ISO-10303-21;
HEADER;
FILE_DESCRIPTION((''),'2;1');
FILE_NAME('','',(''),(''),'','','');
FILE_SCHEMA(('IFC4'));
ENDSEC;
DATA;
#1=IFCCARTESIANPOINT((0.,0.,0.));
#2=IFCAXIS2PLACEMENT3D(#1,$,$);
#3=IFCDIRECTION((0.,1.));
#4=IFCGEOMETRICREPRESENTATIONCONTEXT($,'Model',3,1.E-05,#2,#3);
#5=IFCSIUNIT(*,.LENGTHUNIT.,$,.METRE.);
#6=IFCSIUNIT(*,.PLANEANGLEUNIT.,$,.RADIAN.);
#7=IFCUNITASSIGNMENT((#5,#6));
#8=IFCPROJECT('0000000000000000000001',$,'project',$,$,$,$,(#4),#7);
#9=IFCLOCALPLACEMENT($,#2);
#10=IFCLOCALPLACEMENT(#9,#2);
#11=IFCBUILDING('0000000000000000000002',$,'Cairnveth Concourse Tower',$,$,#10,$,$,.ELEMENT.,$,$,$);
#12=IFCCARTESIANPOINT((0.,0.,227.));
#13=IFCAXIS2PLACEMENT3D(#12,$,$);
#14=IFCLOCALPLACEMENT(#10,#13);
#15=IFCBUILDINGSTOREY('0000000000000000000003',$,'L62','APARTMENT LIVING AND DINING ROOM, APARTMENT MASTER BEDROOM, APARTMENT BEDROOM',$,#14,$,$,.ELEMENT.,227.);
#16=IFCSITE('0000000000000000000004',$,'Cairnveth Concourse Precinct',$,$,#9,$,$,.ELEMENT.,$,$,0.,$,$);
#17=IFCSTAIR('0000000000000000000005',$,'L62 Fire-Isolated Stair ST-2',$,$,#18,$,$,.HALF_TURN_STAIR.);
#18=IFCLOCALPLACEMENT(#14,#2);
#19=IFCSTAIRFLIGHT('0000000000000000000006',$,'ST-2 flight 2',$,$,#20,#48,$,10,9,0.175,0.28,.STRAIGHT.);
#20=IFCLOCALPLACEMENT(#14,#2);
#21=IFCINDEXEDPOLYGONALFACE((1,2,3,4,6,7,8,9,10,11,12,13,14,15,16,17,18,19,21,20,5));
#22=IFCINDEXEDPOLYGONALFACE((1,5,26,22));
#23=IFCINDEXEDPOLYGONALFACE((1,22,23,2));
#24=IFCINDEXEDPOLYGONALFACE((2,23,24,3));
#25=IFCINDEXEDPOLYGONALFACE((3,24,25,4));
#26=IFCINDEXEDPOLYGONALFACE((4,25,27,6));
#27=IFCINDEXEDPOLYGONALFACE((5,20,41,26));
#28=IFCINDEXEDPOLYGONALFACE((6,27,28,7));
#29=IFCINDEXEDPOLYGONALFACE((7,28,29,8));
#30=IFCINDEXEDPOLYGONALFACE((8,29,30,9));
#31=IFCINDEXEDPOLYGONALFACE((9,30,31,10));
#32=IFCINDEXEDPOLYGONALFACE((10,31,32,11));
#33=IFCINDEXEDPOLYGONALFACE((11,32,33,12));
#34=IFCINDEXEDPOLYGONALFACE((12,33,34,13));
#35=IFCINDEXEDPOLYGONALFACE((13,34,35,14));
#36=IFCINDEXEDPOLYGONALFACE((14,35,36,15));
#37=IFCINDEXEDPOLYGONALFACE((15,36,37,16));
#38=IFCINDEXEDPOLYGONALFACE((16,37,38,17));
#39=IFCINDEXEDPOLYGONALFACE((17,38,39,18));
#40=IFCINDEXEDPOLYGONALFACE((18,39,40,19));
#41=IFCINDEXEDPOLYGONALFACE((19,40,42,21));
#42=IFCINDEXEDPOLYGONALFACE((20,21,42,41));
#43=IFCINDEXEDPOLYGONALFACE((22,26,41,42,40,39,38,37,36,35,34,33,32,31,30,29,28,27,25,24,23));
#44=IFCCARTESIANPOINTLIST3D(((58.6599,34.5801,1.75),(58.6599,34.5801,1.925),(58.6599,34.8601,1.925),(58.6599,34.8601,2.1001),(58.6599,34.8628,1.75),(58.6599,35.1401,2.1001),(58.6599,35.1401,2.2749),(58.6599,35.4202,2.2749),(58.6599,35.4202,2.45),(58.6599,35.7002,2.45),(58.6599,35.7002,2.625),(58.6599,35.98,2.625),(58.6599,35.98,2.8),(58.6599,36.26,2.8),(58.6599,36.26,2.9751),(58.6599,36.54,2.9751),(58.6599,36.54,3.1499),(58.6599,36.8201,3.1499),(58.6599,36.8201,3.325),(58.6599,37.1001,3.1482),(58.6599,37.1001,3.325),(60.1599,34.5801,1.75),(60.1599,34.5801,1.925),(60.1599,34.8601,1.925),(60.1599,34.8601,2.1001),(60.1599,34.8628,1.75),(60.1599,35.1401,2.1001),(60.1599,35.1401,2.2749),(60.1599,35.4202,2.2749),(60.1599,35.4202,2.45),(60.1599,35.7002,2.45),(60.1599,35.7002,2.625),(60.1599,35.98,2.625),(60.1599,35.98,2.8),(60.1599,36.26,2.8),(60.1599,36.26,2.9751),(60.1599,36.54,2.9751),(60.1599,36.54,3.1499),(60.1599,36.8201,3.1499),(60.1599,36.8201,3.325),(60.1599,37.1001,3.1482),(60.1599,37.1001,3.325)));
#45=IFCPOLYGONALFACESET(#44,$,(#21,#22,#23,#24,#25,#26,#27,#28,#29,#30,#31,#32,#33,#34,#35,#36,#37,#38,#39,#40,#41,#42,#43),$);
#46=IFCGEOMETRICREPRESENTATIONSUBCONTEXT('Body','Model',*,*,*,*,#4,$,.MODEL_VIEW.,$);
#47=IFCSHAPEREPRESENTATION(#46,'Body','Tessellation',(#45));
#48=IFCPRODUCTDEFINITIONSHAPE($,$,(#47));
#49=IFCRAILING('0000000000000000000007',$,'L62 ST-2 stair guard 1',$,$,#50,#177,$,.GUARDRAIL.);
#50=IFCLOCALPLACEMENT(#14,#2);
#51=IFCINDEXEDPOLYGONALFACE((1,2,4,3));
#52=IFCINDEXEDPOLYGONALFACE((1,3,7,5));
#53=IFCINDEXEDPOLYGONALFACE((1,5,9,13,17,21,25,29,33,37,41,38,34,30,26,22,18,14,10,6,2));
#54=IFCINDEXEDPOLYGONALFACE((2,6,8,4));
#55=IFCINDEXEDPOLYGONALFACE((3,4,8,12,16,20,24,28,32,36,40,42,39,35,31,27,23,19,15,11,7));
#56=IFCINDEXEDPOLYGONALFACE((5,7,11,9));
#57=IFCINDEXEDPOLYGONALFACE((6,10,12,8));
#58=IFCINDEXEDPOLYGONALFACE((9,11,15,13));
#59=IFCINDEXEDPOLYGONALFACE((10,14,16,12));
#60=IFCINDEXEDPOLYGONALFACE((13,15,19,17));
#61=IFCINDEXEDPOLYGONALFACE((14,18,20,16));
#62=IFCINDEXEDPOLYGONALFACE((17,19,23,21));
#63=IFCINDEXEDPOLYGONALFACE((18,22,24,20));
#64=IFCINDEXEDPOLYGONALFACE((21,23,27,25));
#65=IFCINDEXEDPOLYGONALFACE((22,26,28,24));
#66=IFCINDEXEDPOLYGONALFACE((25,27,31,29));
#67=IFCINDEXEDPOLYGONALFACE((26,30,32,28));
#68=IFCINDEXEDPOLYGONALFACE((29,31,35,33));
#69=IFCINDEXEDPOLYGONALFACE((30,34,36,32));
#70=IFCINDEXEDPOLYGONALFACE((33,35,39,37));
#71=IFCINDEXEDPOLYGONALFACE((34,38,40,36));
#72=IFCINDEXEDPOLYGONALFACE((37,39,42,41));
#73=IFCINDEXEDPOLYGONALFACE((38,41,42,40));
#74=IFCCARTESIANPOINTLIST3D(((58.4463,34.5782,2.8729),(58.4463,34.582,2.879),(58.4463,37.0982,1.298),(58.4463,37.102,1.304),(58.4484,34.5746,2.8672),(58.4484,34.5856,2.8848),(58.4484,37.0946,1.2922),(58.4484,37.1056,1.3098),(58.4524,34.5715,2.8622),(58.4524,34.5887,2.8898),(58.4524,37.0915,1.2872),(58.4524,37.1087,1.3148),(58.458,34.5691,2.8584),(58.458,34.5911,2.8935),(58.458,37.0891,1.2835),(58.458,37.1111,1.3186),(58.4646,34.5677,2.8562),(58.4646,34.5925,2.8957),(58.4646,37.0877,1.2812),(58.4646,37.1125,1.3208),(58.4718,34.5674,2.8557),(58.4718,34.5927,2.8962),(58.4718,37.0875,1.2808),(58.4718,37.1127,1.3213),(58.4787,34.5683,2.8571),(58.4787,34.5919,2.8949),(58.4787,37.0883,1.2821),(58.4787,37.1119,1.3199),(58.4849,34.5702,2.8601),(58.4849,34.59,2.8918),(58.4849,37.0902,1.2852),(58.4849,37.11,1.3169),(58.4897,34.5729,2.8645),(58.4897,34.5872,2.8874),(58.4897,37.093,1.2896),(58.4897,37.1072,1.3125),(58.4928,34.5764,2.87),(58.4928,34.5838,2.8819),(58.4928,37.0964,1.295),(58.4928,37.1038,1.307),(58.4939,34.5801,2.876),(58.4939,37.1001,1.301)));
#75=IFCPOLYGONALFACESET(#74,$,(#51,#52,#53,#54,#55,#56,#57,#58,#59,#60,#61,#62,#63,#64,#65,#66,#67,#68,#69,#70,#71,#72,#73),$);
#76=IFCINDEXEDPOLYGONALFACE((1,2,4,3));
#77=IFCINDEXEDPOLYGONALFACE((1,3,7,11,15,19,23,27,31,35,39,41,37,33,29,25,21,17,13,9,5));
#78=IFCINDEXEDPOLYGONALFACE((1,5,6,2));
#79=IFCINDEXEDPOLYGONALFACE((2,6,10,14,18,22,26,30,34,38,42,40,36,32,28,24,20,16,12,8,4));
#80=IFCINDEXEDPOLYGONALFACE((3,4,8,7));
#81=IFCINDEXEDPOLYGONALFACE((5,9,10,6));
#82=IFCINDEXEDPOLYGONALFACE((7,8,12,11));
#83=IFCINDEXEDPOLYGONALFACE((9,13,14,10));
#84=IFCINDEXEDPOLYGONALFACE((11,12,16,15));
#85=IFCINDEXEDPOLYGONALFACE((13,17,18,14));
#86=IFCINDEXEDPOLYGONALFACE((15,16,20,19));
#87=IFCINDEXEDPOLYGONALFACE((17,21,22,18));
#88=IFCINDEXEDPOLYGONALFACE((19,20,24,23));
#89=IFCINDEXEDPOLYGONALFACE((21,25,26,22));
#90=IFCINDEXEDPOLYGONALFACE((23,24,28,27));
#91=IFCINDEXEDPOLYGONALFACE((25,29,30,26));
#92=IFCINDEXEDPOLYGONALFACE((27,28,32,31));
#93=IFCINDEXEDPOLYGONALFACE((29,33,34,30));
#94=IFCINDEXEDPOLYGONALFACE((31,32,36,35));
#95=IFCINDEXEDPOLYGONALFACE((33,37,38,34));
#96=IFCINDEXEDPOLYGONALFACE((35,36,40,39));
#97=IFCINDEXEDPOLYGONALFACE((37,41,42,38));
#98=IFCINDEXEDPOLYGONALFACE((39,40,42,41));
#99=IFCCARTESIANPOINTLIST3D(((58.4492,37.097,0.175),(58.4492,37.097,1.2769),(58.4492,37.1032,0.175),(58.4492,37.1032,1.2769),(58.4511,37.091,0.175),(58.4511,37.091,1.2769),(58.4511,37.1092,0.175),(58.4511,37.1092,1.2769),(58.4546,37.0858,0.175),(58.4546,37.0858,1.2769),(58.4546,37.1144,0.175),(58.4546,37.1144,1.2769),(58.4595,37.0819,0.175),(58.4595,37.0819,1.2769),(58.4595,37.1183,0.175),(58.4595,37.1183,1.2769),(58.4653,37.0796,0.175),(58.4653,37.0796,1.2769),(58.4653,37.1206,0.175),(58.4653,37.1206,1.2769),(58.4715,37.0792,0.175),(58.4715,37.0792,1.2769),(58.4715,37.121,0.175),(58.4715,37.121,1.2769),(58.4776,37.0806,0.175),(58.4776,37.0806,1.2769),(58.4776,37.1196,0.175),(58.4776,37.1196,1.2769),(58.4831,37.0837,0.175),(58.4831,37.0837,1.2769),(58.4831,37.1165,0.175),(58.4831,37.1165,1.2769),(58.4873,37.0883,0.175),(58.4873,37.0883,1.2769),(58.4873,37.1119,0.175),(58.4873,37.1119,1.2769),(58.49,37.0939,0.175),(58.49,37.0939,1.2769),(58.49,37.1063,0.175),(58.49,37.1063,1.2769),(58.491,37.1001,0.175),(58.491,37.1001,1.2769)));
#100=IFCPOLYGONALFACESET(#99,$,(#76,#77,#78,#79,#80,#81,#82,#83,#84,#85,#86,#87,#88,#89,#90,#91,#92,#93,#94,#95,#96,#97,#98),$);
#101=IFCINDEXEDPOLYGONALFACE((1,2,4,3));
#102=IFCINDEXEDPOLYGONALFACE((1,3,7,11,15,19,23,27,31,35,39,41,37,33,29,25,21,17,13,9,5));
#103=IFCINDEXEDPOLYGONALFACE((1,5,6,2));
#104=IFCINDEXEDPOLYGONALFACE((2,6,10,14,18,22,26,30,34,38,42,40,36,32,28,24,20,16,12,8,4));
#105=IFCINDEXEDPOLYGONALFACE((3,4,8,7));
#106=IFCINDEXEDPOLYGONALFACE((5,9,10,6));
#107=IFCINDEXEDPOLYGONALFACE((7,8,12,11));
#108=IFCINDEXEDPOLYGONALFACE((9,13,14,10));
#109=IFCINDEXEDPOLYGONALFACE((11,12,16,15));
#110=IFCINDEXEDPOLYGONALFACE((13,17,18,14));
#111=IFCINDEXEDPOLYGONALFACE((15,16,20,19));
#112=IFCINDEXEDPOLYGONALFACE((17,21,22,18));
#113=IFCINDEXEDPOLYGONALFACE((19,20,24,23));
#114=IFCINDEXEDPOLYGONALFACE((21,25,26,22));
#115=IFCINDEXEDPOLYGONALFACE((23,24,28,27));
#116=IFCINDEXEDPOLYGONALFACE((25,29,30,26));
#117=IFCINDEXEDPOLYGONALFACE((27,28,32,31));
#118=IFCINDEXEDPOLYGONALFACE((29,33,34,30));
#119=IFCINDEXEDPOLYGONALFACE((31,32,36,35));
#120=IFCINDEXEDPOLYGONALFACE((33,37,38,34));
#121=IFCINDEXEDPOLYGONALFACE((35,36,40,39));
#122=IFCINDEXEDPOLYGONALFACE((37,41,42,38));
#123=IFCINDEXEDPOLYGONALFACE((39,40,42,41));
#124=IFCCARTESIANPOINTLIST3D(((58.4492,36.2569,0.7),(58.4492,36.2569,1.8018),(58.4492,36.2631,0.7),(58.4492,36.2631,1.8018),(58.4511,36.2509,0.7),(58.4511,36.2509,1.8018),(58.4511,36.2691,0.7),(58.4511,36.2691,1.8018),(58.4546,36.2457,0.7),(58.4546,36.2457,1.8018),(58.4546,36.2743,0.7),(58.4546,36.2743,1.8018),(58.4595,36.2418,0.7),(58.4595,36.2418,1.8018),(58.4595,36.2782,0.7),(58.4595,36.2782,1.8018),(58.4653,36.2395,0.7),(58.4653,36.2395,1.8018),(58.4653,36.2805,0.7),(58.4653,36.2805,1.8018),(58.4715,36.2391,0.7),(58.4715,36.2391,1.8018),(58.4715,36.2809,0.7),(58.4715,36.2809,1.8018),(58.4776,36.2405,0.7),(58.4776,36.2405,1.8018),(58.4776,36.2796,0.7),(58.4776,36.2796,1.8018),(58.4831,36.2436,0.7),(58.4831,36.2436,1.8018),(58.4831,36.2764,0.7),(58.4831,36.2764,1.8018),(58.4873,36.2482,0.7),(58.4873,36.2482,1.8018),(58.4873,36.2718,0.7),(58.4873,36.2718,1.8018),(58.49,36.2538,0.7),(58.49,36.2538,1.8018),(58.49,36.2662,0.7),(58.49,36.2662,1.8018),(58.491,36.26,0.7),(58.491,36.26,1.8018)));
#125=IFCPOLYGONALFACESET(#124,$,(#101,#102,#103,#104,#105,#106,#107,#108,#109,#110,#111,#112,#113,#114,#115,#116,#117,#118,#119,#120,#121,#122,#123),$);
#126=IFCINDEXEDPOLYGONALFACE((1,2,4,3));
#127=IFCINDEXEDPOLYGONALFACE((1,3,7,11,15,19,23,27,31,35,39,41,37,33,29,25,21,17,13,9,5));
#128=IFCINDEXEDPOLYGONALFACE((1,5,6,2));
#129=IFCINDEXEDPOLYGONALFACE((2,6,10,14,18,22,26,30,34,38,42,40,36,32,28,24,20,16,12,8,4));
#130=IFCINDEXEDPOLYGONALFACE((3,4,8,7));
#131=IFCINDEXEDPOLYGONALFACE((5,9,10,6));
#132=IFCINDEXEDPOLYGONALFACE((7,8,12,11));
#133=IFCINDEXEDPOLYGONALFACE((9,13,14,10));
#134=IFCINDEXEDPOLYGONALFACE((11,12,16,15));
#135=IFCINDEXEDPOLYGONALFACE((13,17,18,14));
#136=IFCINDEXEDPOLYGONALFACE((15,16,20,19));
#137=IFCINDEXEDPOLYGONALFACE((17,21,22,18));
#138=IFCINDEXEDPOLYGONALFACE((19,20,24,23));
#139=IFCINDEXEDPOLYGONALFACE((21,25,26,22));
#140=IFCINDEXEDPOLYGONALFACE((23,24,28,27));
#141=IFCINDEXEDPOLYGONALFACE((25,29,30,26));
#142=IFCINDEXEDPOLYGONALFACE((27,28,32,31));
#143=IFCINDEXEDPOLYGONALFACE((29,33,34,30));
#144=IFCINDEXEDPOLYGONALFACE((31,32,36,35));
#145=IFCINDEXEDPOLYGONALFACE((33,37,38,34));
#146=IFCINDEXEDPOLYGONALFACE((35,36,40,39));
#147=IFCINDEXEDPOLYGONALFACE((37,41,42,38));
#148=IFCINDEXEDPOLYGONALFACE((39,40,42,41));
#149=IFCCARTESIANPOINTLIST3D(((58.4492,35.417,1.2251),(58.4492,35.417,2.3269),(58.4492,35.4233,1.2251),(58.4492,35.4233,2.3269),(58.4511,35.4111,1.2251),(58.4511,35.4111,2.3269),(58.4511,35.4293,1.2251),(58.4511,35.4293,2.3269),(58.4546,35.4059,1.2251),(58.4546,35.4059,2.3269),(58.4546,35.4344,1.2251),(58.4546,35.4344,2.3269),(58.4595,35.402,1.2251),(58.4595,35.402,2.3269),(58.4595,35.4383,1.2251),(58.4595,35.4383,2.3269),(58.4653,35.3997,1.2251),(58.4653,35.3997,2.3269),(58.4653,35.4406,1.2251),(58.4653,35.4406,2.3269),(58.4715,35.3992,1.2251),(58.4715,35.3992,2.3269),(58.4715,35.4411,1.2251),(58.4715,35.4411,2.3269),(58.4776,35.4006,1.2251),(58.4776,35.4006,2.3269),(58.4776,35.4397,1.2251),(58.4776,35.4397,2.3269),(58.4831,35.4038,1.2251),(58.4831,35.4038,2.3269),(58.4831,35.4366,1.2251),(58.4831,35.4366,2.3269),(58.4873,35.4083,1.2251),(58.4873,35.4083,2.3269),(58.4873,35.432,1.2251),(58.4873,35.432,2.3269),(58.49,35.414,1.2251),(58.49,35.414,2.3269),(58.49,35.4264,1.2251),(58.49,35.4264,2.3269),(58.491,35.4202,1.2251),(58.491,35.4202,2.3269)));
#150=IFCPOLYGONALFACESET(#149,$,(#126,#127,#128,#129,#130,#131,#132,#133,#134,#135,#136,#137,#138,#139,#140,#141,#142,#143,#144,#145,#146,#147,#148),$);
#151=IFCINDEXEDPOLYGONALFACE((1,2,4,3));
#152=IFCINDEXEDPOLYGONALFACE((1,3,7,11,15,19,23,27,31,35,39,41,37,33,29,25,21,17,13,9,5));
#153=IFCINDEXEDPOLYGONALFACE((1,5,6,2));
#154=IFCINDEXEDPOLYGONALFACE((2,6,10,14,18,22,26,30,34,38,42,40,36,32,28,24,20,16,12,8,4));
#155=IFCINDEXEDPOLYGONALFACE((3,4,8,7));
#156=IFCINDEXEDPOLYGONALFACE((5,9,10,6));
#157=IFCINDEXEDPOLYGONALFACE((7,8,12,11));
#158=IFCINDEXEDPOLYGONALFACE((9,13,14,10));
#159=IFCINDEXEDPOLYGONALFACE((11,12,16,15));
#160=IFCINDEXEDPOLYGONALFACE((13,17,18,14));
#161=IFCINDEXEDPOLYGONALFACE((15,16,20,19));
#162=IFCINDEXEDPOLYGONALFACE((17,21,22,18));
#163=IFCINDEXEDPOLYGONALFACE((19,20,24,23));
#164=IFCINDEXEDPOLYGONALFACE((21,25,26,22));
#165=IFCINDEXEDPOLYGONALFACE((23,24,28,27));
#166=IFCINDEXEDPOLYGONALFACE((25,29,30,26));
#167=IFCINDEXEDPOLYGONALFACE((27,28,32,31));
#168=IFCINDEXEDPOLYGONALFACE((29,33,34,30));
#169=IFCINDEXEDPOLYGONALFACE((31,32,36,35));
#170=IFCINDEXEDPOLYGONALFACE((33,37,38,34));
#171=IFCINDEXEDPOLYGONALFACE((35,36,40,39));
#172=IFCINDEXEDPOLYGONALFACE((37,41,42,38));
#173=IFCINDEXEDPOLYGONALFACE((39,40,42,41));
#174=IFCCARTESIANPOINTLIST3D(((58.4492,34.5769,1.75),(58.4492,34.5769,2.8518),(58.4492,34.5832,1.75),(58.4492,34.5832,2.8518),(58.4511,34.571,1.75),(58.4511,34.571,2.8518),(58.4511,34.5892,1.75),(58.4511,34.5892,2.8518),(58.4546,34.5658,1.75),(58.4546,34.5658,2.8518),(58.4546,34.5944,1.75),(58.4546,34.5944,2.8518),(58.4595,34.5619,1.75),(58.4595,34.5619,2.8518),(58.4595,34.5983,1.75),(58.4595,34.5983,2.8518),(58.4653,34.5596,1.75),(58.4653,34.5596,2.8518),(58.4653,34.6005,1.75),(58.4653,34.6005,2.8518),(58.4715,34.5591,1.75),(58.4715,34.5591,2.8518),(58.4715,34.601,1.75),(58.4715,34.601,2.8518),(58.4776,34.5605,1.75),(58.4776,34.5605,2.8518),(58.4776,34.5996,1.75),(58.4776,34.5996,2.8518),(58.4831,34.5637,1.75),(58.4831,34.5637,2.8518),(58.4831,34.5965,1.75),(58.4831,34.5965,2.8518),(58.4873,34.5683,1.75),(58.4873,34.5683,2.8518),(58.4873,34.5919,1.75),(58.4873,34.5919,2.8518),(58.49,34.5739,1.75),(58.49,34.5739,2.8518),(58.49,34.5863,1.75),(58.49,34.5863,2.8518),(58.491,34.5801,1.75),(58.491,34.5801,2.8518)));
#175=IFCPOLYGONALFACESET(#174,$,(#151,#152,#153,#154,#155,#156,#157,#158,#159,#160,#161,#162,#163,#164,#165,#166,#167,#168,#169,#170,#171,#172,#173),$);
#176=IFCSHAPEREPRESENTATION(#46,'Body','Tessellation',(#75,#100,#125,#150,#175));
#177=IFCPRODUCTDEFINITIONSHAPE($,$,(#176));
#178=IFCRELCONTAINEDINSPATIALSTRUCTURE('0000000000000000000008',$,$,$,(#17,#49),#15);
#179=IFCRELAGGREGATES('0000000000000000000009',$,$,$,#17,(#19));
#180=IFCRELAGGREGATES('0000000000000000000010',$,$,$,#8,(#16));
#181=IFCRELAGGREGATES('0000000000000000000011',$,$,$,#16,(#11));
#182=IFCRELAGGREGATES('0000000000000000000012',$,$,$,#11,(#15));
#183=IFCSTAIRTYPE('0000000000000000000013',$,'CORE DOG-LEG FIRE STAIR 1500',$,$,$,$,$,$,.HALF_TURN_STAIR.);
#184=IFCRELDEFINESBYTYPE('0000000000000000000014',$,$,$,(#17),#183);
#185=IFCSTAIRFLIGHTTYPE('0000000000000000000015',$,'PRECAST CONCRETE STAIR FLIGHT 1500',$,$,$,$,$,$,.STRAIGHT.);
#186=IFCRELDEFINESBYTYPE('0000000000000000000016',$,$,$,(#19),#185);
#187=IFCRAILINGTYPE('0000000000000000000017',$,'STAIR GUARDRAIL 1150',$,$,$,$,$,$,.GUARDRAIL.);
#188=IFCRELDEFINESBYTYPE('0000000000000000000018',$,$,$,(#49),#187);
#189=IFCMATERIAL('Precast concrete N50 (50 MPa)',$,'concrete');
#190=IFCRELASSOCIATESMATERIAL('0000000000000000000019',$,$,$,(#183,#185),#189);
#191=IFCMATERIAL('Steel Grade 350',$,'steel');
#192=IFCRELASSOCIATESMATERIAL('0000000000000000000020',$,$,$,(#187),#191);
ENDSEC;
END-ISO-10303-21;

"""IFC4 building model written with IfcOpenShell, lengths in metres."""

from ifc_helpers import new_model, si_unit, direction, frame, origin, origin_2d, place, context, subcontext, project, spatial, polyline, circle, outline, extrude, material, type_object, element, aggregate, save


model = new_model("IFC4")

# Units and contexts
model_context = context("Model", 3, precision=1e-05, world=origin(), true_north=direction((0.0, 1.0)))
body_context = subcontext(model_context, "Body", "Model", "MODEL_VIEW")
ifc_project = project(units=[si_unit("LENGTHUNIT", "METRE"), si_unit("PLANEANGLEUNIT", "RADIAN")], contexts=[model_context])

# Site, building, storey
site_placement = place(None, origin())
site = spatial("IfcSite", under=ifc_project, at=site_placement, Name="Cairnveth Concourse Precinct", CompositionType="ELEMENT", RefElevation=0.0)
building_placement = place(site_placement, origin())
building = spatial("IfcBuilding", under=site, at=building_placement, Name="Cairnveth Concourse Tower", CompositionType="ELEMENT")
storey_placement = place(building_placement, frame((0.0, 0.0, 227.0)))
storey = spatial("IfcBuildingStorey", under=building, at=storey_placement, Name="L62", Description="APARTMENT LIVING AND DINING ROOM, APARTMENT MASTER BEDROOM, APARTMENT BEDROOM", CompositionType="ELEMENT", Elevation=227.0)

# Shared definitions
ifc_material_1 = material(Name="Steel Grade 350", Category="steel")

# Stair, stair flight
ifc_material_2 = material(Name="Precast concrete N50 (50 MPa)", Category="concrete")
stair_type = type_object("IfcStairType", Name="CORE DOG-LEG FIRE STAIR 1500", PredefinedType="HALF_TURN_STAIR", material=ifc_material_2)
stair_placement = place(storey_placement, origin())
stair = element("IfcStair", 1, at=stair_placement, inside=storey, type_object=stair_type, Name="L62 Fire-Isolated Stair ST-2", PredefinedType="HALF_TURN_STAIR")
stair_flight_type = type_object("IfcStairFlightType", Name="PRECAST CONCRETE STAIR FLIGHT 1500", PredefinedType="STRAIGHT", material=ifc_material_2)
stair_flight_1_placement = place(storey_placement, frame((59.4099, 34.5801, 1.75), z_axis=(0.0, 0.0, 1.0), x_axis=(0.0, 1.0, 0.0)))
stair_flight_1 = element("IfcStairFlight", 2, at=stair_flight_1_placement, type_object=stair_flight_type, Name="ST-2 flight 2", NumberOfRisers=10, NumberOfTreads=9, PredefinedType="STRAIGHT", RiserHeight=0.175, TreadLength=0.28, context=body_context, shape_type="SweptSolid", body=[
    extrude(outline(polyline([(0.0, 0.0), (0.0, 0.175), (0.28, 0.175), (0.28, 0.3501), (0.5601, 0.3501), (0.5601, 0.5249), (0.8401, 0.5249), (0.8401, 0.7), (1.1201, 0.7), (1.1201, 0.875), (1.3999, 0.875), (1.3999, 1.05), (1.6799, 1.05), (1.6799, 1.2251), (1.96, 1.2251), (1.96, 1.3999), (2.24, 1.3999), (2.24, 1.575), (2.52, 1.575), (2.52, 1.75), (2.52, 1.3982), (0.2827, 0.0), (0.0, 0.0)])), frame((0.0, 0.75, 0.0), z_axis=(0.0, -1.0, 0.0), x_axis=(1.0, 0.0, 0.0)), (0.0, 0.0, 1.0), 1.5),
])
aggregate(stair, [stair_flight_1])

# Railing
railing_type_1 = type_object("IfcRailingType", Name="STAIR GUARDRAIL 1150", PredefinedType="GUARDRAIL", material=ifc_material_1)
railing_1_placement = place(storey_placement, frame((58.47, 37.1001, 0.175)))
element("IfcRailing", 3, at=railing_1_placement, inside=storey, type_object=railing_type_1, Name="L62 ST-2 stair guard 1", PredefinedType="GUARDRAIL", context=body_context, shape_type="SweptSolid", body=[
    extrude(circle(Radius=0.0239, at=origin_2d()), frame((0.0, 0.0, 1.126), z_axis=(0.0, -0.848008, 0.529984), x_axis=(1.0, 0.0, 0.0)), (0.0, 0.0, 1.0), 2.9717),
    extrude(circle(Radius=0.021, at=origin_2d()), origin(), (0.0, 0.0, 1.0), 1.1018),
    extrude(circle(Radius=0.021, at=origin_2d()), frame((0.0, -0.8401, 0.5249)), (0.0, 0.0, 1.0), 1.1018),
    extrude(circle(Radius=0.021, at=origin_2d()), frame((0.0, -1.6799, 1.05)), (0.0, 0.0, 1.0), 1.1018),
    extrude(circle(Radius=0.021, at=origin_2d()), frame((0.0, -2.52, 1.575)), (0.0, 0.0, 1.0), 1.1018),
])

save(model, "model.ifc")
